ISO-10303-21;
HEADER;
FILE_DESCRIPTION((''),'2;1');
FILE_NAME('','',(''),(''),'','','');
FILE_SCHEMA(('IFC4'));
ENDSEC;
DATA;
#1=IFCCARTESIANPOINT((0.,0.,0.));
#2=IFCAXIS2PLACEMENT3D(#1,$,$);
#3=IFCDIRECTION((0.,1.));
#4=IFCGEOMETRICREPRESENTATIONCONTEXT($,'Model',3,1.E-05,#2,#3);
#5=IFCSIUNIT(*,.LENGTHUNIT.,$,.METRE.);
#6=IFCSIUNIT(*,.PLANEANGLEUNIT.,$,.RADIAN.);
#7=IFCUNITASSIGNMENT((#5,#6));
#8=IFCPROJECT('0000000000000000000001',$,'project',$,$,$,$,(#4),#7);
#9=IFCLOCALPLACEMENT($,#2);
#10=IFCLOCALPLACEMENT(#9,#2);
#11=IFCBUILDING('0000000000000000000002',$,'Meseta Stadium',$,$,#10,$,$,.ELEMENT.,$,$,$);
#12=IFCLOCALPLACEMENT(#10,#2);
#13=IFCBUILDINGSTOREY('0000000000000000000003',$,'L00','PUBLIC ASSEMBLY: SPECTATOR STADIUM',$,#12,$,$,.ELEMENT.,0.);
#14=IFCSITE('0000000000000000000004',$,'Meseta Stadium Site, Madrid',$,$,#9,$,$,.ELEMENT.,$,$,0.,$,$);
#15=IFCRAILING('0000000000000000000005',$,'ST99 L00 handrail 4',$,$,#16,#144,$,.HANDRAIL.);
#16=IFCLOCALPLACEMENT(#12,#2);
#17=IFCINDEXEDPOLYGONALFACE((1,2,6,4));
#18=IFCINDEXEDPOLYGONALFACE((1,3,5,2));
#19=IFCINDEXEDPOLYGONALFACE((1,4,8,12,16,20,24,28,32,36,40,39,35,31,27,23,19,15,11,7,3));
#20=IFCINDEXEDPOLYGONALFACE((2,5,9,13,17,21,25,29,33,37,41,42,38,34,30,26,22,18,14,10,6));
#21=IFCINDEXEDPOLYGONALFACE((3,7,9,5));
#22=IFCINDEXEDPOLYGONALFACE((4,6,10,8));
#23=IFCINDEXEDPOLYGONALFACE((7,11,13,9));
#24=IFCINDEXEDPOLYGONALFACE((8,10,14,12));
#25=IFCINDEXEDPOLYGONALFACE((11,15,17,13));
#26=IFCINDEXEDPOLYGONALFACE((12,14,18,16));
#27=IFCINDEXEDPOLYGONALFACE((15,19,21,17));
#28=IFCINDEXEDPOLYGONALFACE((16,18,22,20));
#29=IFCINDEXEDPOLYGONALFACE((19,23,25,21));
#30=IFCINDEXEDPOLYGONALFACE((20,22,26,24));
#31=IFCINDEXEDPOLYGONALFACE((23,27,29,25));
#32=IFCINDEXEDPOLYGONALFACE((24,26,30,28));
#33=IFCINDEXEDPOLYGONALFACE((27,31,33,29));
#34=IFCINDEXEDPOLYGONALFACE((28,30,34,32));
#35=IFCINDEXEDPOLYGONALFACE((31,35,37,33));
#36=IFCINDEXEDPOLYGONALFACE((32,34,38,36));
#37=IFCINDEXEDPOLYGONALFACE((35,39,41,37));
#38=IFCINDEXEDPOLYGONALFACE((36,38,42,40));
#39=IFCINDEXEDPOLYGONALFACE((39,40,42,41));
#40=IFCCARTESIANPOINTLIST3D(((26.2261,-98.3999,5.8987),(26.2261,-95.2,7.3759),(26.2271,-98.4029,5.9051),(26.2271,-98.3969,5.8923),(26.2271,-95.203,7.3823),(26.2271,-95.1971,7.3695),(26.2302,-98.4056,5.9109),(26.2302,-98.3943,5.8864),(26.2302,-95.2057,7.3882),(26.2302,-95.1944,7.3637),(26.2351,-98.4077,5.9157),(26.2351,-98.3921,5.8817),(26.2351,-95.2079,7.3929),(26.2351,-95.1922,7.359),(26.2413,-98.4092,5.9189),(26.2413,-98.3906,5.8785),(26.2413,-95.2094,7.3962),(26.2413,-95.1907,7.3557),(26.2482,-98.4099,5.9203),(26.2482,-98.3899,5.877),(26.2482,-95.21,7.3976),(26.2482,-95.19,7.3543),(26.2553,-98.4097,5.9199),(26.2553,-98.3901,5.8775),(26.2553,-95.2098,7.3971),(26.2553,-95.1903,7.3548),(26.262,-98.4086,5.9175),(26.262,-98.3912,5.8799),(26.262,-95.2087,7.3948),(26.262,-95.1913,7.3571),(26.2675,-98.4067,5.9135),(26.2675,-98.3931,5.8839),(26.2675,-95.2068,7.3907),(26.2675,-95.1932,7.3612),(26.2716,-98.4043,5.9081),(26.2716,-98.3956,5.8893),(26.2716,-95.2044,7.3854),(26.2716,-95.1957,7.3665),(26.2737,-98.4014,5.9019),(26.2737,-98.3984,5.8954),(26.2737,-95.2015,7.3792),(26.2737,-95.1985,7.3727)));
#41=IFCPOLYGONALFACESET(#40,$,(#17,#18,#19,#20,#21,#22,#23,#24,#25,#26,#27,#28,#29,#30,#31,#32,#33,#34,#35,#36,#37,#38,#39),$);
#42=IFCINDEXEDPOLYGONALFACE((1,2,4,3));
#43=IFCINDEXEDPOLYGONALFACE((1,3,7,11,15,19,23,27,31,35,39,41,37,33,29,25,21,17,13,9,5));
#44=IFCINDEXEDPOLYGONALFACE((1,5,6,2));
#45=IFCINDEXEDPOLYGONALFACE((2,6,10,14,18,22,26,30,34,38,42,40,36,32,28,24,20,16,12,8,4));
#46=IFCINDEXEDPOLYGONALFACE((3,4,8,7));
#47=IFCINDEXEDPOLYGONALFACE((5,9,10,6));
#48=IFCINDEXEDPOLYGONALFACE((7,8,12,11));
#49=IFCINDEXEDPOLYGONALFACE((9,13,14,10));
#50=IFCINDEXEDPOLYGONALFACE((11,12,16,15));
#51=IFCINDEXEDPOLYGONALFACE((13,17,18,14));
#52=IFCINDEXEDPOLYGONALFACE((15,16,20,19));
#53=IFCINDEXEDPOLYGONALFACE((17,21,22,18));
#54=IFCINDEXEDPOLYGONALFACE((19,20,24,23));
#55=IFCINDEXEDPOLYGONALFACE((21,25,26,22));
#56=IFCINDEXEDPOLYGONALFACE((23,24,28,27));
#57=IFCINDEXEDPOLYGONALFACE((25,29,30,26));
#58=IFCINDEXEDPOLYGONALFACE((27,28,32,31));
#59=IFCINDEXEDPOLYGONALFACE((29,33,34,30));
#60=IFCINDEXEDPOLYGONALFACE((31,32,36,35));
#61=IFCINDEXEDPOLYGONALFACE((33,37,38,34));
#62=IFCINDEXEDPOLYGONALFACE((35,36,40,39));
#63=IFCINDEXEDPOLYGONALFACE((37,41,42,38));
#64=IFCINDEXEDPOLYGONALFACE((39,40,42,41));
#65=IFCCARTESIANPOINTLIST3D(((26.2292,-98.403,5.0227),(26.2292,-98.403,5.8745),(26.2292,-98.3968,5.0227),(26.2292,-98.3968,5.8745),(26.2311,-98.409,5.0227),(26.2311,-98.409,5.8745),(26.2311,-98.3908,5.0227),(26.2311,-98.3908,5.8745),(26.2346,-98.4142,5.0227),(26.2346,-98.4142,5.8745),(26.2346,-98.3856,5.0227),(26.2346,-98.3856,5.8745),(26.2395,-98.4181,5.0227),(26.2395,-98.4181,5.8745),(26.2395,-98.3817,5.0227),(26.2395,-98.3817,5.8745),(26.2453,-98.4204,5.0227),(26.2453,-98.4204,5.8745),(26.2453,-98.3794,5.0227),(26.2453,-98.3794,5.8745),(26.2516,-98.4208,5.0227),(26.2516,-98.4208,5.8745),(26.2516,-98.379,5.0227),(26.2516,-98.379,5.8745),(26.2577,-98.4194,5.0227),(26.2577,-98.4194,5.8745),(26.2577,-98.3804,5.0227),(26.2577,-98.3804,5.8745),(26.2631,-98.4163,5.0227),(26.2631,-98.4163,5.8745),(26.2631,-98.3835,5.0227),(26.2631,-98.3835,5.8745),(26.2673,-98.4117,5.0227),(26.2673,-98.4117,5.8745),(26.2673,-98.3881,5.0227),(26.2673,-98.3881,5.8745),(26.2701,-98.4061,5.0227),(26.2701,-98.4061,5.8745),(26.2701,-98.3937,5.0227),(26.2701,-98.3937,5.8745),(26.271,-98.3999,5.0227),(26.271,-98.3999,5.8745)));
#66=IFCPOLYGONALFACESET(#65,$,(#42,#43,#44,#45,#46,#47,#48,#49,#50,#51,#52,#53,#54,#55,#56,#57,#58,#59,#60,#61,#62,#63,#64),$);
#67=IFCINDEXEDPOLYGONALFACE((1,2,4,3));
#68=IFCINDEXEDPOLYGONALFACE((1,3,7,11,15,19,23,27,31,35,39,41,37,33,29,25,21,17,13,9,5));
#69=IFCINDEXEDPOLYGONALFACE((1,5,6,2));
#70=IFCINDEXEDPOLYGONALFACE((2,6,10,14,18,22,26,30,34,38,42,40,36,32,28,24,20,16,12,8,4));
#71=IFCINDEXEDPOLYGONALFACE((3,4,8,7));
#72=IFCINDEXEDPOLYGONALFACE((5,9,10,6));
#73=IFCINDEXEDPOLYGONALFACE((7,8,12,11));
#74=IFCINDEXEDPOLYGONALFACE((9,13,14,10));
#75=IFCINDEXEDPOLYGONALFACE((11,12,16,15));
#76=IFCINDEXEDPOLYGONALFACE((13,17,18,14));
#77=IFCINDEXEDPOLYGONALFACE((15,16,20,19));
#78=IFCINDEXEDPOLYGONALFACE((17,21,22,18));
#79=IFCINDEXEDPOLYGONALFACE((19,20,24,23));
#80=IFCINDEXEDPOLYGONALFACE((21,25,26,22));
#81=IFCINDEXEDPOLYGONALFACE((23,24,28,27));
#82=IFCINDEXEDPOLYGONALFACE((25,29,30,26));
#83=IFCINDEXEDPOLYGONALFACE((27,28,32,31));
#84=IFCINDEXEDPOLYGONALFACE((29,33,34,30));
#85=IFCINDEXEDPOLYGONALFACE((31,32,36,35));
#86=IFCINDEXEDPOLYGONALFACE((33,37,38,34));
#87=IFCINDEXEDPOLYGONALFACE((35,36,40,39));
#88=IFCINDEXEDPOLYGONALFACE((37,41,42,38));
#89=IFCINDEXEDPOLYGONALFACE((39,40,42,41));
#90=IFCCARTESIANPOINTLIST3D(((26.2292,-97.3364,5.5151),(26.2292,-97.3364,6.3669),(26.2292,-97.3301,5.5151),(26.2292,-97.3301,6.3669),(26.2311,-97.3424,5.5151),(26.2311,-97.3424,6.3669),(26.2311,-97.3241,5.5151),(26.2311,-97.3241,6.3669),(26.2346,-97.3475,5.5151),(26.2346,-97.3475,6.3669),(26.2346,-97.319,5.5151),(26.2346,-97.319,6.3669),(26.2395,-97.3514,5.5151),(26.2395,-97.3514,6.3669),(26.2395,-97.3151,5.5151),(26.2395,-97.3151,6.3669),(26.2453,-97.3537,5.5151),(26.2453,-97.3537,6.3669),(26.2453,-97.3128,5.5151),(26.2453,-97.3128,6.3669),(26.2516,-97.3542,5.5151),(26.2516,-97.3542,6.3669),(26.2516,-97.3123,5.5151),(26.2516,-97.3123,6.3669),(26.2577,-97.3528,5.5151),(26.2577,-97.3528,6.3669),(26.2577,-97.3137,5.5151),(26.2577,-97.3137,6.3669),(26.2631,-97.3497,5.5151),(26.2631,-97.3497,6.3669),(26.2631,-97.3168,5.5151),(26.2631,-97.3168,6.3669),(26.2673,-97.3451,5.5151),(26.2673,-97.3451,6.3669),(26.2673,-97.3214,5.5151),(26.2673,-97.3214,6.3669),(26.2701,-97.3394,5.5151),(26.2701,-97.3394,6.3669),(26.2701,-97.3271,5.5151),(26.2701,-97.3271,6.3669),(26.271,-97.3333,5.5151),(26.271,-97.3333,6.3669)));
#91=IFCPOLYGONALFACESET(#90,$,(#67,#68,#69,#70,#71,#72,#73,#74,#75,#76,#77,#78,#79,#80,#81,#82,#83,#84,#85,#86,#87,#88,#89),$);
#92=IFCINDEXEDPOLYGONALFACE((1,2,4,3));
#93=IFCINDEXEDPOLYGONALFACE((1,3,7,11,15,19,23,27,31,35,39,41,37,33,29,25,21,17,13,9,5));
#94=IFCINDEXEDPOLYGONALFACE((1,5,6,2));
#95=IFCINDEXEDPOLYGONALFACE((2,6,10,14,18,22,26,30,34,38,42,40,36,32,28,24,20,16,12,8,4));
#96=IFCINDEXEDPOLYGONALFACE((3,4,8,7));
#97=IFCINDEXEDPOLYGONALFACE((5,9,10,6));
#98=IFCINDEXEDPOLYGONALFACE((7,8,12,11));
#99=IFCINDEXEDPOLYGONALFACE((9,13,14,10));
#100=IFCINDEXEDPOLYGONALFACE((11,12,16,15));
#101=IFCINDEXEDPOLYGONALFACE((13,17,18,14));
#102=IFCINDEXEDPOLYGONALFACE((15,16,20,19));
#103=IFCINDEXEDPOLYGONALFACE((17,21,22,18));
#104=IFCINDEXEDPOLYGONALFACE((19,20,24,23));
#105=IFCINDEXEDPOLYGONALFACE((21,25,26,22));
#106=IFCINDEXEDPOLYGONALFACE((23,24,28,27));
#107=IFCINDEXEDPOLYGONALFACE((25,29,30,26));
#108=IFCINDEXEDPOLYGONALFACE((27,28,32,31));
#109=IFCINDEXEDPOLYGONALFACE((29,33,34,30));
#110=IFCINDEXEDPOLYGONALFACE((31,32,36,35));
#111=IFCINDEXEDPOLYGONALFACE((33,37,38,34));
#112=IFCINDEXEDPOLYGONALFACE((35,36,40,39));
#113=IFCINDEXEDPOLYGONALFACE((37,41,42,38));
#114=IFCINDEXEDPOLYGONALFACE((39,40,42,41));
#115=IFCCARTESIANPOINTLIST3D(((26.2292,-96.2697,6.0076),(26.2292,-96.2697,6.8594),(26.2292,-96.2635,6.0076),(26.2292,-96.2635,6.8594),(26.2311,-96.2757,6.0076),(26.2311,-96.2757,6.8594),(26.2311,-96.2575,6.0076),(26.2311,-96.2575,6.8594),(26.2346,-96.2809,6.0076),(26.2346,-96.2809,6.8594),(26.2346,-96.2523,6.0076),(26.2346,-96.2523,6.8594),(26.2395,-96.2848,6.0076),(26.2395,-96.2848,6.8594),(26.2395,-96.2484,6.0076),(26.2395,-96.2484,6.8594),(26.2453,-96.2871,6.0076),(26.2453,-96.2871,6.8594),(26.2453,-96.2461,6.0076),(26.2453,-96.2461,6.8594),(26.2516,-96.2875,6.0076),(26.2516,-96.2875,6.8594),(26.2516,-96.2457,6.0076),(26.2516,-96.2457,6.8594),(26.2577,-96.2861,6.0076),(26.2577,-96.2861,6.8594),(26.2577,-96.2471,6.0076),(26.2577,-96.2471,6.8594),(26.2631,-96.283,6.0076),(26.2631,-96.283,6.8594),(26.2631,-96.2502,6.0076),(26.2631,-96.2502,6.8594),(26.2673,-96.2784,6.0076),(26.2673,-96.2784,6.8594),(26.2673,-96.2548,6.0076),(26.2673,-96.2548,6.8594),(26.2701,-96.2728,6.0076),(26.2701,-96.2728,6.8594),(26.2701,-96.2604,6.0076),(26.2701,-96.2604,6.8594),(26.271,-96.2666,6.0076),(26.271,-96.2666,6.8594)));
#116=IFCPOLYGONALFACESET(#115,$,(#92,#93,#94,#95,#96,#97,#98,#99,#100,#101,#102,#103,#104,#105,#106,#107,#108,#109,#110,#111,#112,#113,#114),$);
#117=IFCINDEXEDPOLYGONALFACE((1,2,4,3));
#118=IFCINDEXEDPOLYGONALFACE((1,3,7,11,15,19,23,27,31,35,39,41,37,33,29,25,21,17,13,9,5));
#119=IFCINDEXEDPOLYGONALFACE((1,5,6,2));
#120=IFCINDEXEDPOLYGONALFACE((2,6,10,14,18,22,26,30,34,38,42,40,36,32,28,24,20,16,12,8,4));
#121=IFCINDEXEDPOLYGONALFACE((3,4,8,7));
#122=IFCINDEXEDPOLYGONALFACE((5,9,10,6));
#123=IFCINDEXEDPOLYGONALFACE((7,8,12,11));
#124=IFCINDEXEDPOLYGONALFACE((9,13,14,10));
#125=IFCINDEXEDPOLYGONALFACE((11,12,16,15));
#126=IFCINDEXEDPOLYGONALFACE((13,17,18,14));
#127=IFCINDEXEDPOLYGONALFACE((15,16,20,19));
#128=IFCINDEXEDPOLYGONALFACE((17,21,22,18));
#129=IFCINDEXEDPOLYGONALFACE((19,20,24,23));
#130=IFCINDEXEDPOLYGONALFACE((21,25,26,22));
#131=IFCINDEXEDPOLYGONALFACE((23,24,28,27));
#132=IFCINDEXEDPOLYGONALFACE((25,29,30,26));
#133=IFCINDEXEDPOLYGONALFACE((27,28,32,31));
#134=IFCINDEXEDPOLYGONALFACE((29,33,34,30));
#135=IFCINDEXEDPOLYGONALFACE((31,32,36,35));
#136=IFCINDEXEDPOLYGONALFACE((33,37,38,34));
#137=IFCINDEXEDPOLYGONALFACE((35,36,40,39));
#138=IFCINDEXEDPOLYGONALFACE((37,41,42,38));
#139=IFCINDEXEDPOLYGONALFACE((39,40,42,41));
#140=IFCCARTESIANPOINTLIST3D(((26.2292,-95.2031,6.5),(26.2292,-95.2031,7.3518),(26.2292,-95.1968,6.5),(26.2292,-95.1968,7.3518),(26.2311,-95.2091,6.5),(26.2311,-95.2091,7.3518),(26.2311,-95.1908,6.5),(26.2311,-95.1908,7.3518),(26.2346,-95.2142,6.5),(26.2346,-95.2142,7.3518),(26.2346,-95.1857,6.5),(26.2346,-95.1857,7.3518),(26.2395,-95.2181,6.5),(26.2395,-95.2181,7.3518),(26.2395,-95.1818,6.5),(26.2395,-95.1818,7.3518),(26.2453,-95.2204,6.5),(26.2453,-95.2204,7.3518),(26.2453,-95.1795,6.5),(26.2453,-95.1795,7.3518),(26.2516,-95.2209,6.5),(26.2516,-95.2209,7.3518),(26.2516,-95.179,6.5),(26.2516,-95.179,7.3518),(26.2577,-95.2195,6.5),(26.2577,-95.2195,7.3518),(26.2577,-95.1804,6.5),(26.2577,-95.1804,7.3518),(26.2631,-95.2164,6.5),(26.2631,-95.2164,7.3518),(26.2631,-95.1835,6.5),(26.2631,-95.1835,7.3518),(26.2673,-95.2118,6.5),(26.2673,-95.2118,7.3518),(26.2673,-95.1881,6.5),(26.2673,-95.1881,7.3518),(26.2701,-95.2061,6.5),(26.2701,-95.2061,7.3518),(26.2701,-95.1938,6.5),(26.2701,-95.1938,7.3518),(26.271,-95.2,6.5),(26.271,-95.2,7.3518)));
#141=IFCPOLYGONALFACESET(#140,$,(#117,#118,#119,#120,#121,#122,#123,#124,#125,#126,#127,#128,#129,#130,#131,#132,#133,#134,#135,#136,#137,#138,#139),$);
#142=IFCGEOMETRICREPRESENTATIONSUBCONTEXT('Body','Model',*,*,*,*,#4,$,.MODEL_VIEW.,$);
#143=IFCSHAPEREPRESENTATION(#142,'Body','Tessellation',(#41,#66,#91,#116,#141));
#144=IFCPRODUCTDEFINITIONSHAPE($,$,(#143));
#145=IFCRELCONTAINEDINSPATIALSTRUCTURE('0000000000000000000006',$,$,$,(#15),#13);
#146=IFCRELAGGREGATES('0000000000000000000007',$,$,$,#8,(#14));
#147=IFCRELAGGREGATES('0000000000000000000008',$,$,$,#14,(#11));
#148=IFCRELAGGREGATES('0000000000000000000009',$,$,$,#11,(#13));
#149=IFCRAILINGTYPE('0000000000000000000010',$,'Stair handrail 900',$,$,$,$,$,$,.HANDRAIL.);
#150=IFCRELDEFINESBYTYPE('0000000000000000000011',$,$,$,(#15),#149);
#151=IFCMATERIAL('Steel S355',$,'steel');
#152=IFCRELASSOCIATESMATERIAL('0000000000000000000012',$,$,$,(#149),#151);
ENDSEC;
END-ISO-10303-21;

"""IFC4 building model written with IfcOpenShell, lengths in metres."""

from ifc_helpers import new_model, si_unit, direction, frame, origin, origin_2d, place, context, subcontext, project, spatial, circle, extrude, material, type_object, element, save


model = new_model("IFC4")

# Units and contexts
model_context = context("Model", 3, precision=1e-05, world=origin(), true_north=direction((0.0, 1.0)))
body_context = subcontext(model_context, "Body", "Model", "MODEL_VIEW")
ifc_project = project(units=[si_unit("LENGTHUNIT", "METRE"), si_unit("PLANEANGLEUNIT", "RADIAN")], contexts=[model_context])

# Site, building, storey
site_placement = place(None, origin())
site = spatial("IfcSite", under=ifc_project, at=site_placement, Name="Meseta Stadium Site, Madrid", CompositionType="ELEMENT", RefElevation=0.0)
building_placement = place(site_placement, origin())
building = spatial("IfcBuilding", under=site, at=building_placement, Name="Meseta Stadium", CompositionType="ELEMENT")
storey_placement = place(building_placement, origin())
storey = spatial("IfcBuildingStorey", under=building, at=storey_placement, Name="L00", Description="PUBLIC ASSEMBLY: SPECTATOR STADIUM", CompositionType="ELEMENT", Elevation=0.0)

# Railing
ifc_material_1 = material(Name="Steel S355", Category="steel")
railing_type_1 = type_object("IfcRailingType", Name="Stair handrail 900", PredefinedType="HANDRAIL", material=ifc_material_1)
railing_1_placement = place(storey_placement, frame((26.25, -98.3999, 5.0227)))
element("IfcRailing", 1, at=railing_1_placement, inside=storey, type_object=railing_type_1, Name="ST99 L00 handrail 4", PredefinedType="HANDRAIL", context=body_context, shape_type="SweptSolid", body=[
    extrude(circle(Radius=0.0239, at=origin_2d()), frame((0.0, 0.0, 0.876), z_axis=(0.0, 0.907917, 0.41915), x_axis=(-1.0, 0.0, 0.0)), (0.0, 0.0, 1.0), 3.5244),
    extrude(circle(Radius=0.021, at=origin_2d()), origin(), (0.0, 0.0, 1.0), 0.8518),
    extrude(circle(Radius=0.021, at=origin_2d()), frame((0.0, 1.0667, 0.4924)), (0.0, 0.0, 1.0), 0.8518),
    extrude(circle(Radius=0.021, at=origin_2d()), frame((0.0, 2.1333, 0.9849)), (0.0, 0.0, 1.0), 0.8518),
    extrude(circle(Radius=0.021, at=origin_2d()), frame((0.0, 3.2, 1.4773)), (0.0, 0.0, 1.0), 0.8518),
])

save(model, "model.ifc")
